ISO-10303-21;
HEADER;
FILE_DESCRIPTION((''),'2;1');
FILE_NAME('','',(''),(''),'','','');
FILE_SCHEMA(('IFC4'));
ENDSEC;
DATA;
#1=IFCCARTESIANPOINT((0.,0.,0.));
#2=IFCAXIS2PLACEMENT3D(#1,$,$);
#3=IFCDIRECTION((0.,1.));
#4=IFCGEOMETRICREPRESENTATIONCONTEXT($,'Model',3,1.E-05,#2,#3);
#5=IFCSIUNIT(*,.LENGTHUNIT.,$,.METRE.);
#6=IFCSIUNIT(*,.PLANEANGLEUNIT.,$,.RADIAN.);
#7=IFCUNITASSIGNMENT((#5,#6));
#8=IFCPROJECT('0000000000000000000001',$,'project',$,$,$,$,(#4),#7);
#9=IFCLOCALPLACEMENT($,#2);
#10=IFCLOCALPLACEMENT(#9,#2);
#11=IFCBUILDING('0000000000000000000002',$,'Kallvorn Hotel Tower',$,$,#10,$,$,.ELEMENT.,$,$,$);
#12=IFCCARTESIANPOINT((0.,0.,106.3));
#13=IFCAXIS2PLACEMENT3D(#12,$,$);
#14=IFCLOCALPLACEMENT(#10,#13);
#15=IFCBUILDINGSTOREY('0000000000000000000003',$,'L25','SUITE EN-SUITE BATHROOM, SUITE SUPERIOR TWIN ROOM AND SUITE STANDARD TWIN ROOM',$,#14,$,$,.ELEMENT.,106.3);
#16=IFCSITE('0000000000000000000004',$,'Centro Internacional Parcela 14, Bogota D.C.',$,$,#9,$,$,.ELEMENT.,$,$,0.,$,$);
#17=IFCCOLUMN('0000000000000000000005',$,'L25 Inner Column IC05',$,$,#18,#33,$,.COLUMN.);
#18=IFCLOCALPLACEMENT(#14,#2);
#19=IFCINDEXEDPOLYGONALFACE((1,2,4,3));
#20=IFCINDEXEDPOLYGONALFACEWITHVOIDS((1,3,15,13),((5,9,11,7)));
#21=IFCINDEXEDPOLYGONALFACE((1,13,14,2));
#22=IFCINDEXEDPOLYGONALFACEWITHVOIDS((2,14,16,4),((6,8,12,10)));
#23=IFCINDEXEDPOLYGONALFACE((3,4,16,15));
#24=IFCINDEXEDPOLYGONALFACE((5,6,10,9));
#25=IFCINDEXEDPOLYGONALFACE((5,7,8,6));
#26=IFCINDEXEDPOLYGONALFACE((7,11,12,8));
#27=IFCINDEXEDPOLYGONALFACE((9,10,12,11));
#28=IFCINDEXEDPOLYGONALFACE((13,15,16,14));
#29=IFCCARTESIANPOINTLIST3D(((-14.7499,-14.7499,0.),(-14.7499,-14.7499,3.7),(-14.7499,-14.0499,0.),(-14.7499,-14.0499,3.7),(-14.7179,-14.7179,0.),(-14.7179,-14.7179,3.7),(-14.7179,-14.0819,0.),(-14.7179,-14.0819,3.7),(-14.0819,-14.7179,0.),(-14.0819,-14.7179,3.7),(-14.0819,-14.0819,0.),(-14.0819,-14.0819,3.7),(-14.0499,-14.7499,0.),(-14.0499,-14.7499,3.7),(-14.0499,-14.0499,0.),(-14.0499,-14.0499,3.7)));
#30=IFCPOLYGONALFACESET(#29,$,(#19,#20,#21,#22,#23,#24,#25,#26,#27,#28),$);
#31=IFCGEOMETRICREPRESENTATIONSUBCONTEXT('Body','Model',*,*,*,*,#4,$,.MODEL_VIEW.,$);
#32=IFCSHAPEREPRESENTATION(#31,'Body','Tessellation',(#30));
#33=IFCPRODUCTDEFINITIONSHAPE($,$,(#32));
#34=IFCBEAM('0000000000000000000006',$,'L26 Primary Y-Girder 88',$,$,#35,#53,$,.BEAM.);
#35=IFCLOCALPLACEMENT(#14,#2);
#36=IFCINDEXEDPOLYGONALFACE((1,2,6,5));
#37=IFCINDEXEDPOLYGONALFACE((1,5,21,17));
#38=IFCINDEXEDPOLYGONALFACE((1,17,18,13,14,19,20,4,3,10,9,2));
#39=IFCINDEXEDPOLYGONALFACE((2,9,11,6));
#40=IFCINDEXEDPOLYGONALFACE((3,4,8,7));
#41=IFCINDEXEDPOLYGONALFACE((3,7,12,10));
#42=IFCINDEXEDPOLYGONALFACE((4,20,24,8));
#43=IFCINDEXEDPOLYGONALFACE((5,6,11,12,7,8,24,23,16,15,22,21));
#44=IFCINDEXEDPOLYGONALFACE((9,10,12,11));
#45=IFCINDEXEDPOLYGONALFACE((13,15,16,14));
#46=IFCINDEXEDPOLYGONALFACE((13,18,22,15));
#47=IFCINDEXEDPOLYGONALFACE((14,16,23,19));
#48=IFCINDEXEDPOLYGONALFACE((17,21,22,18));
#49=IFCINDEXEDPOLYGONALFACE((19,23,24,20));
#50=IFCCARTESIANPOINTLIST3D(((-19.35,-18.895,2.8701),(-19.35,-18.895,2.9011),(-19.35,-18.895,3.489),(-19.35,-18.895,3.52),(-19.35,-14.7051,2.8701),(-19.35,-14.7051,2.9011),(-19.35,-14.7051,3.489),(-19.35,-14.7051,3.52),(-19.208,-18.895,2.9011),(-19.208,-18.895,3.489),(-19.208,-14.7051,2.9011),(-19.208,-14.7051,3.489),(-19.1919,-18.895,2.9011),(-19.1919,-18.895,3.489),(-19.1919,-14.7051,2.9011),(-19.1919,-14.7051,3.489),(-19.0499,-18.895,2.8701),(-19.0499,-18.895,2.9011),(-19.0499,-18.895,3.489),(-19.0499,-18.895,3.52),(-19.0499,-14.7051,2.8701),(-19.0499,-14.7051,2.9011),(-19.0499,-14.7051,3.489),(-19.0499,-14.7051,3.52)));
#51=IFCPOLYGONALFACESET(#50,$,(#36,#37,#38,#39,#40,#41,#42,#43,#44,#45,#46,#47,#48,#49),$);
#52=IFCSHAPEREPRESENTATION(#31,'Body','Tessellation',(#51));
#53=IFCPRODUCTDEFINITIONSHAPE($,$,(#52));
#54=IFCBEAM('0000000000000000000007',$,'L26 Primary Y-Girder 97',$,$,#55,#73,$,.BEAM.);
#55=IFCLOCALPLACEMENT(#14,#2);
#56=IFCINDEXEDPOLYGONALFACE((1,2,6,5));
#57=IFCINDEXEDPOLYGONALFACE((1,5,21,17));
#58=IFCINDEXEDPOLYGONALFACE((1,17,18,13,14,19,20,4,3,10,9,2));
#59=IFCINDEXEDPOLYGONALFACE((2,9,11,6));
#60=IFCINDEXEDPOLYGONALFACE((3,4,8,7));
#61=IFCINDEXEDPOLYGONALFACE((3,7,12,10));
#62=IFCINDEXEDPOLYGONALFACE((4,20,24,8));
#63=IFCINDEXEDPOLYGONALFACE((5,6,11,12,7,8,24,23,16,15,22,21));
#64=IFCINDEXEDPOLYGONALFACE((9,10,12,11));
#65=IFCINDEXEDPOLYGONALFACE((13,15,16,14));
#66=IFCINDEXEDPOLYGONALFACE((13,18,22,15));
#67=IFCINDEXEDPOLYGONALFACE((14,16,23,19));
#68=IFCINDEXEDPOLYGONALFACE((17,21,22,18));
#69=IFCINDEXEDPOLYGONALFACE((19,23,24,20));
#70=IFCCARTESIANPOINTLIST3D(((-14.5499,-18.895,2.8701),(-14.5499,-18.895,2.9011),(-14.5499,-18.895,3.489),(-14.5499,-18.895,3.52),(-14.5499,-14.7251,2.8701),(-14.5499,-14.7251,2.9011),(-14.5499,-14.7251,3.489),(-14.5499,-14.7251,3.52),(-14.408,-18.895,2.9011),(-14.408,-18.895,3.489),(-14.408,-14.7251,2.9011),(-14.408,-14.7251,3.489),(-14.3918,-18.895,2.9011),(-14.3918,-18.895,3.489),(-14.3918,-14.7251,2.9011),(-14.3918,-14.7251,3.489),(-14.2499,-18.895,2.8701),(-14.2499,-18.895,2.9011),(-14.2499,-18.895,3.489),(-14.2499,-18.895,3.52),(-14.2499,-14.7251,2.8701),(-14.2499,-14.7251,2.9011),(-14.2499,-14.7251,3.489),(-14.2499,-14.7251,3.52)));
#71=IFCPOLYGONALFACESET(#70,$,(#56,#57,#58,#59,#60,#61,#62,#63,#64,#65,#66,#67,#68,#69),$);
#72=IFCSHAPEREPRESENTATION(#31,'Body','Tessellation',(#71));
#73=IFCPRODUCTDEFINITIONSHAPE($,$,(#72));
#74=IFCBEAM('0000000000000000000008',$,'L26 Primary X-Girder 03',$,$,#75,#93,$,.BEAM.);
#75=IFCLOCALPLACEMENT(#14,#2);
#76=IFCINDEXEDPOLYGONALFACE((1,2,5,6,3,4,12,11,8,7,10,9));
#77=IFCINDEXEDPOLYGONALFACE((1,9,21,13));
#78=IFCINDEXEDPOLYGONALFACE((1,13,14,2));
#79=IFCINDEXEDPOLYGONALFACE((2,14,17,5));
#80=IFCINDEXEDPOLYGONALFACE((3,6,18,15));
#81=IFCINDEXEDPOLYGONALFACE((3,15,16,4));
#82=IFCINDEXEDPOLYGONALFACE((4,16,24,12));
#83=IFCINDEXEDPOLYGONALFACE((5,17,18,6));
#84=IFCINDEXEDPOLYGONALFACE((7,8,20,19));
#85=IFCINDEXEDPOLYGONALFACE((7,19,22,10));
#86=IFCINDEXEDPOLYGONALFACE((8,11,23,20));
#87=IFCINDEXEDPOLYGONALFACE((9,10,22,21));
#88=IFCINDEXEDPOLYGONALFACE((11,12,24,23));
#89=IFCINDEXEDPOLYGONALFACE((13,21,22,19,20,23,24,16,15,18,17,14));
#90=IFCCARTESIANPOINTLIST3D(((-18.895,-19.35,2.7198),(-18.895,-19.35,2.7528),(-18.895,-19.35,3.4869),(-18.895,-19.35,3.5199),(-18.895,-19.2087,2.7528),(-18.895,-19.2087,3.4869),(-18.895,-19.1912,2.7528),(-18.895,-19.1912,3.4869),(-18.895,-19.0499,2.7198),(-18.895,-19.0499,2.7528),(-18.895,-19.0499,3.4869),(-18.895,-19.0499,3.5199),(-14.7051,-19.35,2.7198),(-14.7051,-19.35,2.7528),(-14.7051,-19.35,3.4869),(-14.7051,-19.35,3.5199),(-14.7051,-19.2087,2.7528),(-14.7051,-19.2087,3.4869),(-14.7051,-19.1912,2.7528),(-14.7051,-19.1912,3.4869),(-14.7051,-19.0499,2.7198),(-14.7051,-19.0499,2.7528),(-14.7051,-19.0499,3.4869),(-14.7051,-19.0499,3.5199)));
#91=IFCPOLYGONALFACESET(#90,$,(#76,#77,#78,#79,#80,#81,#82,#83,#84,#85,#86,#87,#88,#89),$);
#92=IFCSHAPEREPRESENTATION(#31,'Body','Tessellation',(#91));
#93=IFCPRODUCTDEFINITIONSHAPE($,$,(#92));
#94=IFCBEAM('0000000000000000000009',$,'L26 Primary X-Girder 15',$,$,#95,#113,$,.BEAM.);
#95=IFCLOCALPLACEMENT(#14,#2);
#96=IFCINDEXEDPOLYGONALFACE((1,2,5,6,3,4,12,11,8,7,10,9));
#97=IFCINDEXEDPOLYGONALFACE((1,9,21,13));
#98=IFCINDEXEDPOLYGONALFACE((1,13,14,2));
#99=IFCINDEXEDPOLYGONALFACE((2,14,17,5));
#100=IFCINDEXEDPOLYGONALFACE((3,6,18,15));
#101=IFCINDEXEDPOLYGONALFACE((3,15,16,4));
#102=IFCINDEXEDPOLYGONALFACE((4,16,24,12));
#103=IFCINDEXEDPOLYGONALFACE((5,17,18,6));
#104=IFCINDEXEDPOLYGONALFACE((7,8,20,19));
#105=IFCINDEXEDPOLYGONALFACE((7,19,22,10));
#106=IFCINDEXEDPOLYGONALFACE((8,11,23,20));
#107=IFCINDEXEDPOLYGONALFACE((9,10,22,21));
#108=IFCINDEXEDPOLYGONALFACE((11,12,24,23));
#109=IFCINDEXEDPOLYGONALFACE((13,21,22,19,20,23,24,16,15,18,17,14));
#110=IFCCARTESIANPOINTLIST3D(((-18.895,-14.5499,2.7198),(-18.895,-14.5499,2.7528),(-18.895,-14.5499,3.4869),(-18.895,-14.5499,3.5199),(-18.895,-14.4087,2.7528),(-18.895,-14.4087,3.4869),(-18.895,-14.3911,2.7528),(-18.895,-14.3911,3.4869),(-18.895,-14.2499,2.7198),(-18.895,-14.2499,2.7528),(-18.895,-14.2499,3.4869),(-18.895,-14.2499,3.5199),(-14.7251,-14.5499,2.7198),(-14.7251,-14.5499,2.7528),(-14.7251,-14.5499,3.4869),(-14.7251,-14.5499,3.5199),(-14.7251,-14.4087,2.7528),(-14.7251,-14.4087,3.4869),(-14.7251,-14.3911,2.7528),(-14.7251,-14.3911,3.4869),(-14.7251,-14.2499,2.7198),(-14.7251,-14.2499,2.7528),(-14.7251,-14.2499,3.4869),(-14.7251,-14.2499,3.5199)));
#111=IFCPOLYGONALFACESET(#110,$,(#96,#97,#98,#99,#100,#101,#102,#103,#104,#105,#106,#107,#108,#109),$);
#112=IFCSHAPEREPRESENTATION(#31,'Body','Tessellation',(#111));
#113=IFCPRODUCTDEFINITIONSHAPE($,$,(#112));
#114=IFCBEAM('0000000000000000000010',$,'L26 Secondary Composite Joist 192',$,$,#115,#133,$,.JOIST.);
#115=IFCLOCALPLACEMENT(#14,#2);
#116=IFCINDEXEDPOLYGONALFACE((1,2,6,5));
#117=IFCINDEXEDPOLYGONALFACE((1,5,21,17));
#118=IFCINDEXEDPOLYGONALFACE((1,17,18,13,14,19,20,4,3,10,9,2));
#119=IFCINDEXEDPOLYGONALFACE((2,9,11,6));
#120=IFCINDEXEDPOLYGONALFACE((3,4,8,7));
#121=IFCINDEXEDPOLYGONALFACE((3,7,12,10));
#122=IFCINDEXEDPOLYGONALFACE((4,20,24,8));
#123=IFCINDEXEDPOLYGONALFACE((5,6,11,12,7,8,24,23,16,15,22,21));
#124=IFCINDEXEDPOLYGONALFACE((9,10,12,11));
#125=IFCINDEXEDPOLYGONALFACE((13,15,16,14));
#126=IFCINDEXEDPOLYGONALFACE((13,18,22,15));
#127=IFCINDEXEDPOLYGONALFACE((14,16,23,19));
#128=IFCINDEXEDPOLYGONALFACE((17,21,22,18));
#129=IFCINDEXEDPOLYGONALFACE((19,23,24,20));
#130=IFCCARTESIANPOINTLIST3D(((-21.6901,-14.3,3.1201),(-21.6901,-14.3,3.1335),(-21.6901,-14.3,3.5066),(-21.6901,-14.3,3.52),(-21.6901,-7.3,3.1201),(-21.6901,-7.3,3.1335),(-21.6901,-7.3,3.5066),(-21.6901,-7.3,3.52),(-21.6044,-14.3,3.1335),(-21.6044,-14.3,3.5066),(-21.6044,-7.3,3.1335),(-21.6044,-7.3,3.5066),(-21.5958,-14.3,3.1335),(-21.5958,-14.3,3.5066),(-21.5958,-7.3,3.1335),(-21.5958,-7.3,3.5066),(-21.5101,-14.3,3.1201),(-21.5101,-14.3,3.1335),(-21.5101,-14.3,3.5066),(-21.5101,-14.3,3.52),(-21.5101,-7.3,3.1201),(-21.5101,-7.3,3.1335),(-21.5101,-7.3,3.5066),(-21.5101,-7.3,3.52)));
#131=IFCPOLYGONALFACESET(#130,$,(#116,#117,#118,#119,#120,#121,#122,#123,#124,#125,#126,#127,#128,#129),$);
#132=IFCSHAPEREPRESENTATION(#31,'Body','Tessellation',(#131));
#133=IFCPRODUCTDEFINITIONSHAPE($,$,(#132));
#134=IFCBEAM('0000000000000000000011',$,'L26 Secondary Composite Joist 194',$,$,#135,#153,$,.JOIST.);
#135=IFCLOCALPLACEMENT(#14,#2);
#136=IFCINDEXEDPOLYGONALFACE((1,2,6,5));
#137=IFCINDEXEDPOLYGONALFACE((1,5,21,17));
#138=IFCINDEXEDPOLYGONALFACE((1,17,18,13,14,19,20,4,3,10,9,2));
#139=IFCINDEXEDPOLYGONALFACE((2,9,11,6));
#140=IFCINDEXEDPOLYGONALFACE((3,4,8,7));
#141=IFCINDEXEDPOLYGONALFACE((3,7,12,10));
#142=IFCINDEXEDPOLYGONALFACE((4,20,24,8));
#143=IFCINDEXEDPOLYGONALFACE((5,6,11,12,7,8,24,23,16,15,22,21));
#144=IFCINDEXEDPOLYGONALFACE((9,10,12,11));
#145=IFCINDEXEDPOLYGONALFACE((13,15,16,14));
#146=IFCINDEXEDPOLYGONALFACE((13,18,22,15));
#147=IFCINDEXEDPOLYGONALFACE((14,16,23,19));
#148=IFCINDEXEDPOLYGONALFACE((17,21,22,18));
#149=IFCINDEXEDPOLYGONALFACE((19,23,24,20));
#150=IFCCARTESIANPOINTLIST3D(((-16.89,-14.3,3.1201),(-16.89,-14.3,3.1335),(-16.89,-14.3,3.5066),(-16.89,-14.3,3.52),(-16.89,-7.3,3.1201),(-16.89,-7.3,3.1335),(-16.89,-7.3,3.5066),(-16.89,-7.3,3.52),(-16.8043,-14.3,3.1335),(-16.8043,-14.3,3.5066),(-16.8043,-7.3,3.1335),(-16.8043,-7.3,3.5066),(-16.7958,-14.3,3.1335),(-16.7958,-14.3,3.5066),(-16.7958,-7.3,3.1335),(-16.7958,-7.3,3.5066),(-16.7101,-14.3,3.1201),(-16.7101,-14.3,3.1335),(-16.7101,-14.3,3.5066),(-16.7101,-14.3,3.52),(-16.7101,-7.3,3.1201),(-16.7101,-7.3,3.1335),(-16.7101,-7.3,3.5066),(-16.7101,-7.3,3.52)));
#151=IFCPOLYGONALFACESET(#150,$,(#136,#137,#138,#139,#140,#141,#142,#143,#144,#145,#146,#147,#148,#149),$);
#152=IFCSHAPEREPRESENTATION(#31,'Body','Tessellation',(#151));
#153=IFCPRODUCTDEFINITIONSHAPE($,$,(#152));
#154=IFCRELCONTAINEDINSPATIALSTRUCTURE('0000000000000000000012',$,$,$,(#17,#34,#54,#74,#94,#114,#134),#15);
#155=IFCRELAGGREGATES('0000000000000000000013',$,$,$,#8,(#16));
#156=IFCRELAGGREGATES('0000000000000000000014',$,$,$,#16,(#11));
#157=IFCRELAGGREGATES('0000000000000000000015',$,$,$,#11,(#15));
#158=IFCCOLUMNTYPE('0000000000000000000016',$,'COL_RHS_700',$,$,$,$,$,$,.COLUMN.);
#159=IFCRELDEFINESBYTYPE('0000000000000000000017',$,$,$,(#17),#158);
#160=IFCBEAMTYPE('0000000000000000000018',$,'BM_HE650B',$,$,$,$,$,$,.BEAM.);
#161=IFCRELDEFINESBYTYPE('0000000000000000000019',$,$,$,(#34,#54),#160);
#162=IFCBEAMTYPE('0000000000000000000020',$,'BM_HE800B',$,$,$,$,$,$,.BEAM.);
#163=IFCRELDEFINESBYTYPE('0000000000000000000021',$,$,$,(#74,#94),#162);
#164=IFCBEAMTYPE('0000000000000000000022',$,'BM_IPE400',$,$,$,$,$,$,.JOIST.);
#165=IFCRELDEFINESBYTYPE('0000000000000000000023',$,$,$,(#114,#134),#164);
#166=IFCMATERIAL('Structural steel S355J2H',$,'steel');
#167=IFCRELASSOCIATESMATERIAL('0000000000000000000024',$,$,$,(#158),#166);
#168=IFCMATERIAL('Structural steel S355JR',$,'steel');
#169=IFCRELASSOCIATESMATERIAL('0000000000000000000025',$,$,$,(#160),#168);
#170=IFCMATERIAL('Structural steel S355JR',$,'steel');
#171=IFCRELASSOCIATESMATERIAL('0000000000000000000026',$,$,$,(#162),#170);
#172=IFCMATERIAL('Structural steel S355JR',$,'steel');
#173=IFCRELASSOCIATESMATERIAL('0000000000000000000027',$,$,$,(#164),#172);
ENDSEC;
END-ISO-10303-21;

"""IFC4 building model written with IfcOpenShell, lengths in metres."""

from ifc_helpers import new_model, si_unit, direction, frame, origin, origin_2d, place, context, subcontext, project, spatial, hollow_rectangle, i_section, extrude, material, material_profile, profile_set, type_object, element, save


model = new_model("IFC4")

# Units and contexts
model_context = context("Model", 3, precision=1e-05, world=origin(), true_north=direction((0.0, 1.0)))
body_context = subcontext(model_context, "Body", "Model", "MODEL_VIEW")
ifc_project = project(units=[si_unit("LENGTHUNIT", "METRE"), si_unit("PLANEANGLEUNIT", "RADIAN")], contexts=[model_context])

# Site, building, storey
site_placement = place(None, origin())
site = spatial("IfcSite", under=ifc_project, at=site_placement, Name="Centro Internacional Parcela 14, Bogota D.C.", CompositionType="ELEMENT", RefElevation=0.0)
building_placement = place(site_placement, origin())
building = spatial("IfcBuilding", under=site, at=building_placement, Name="Kallvorn Hotel Tower", CompositionType="ELEMENT")
storey_placement = place(building_placement, frame((0.0, 0.0, 106.3)))
storey = spatial("IfcBuildingStorey", under=building, at=storey_placement, Name="L25", Description="SUITE EN-SUITE BATHROOM, SUITE SUPERIOR TWIN ROOM AND SUITE STANDARD TWIN ROOM", CompositionType="ELEMENT", Elevation=106.3)

# Column
ifc_material_1 = material(Name="Structural steel S355J2H", Category="steel")
ifc_material_profile_1 = material_profile(ifc_material_1, hollow_rectangle(XDim=0.7, YDim=0.7, WallThickness=0.032, at=origin_2d()), Name="RHS 700x700x32")
ifc_profile_set_1 = profile_set([ifc_material_profile_1], Name="Structural steel S355J2H")
column_type_1 = type_object("IfcColumnType", Name="COL_RHS_700", PredefinedType="COLUMN", material=ifc_profile_set_1)
column_placement = place(storey_placement, frame((-14.3999, -14.3999, 0.0), z_axis=(0.0, 0.0, 1.0), x_axis=(1.0, 0.0, 0.0)))
element("IfcColumn", 1, at=column_placement, inside=storey, type_object=column_type_1, Name="L25 Inner Column IC05", PredefinedType="COLUMN", context=body_context, shape_type="SweptSolid", body=[
    extrude(hollow_rectangle(XDim=0.7, YDim=0.7, WallThickness=0.032, at=origin_2d()), origin(), (0.0, 0.0, 1.0), 3.7),
])

# Beams
ifc_material_2 = material(Name="Structural steel S355JR", Category="steel")
ifc_material_profile_2 = material_profile(ifc_material_2, i_section(OverallWidth=0.3, OverallDepth=0.6499, WebThickness=0.0161, FlangeThickness=0.031, at=origin_2d()), Name="HE 650 B")
ifc_profile_set_2 = profile_set([ifc_material_profile_2], Name="Structural steel S355JR")
beam_type_1 = type_object("IfcBeamType", Name="BM_HE650B", PredefinedType="BEAM", material=ifc_profile_set_2)
beam_1_placement = place(storey_placement, frame((-19.2, -18.895, 3.1951), z_axis=(0.0, 1.0, 0.0), x_axis=(-1.0, 0.0, 0.0)))
element("IfcBeam", 2, at=beam_1_placement, inside=storey, type_object=beam_type_1, Name="L26 Primary Y-Girder 88", PredefinedType="BEAM", context=body_context, shape_type="SweptSolid", body=[
    extrude(i_section(OverallWidth=0.3, OverallDepth=0.6499, WebThickness=0.0161, FlangeThickness=0.031, at=origin_2d()), origin(), (0.0, 0.0, 1.0), 4.1899),
])
beam_2_placement = place(storey_placement, frame((-14.3999, -18.895, 3.1951), z_axis=(0.0, 1.0, 0.0), x_axis=(-1.0, 0.0, 0.0)))
element("IfcBeam", 3, at=beam_2_placement, inside=storey, type_object=beam_type_1, Name="L26 Primary Y-Girder 97", PredefinedType="BEAM", context=body_context, shape_type="SweptSolid", body=[
    extrude(i_section(OverallWidth=0.3, OverallDepth=0.6499, WebThickness=0.0161, FlangeThickness=0.031, at=origin_2d()), origin(), (0.0, 0.0, 1.0), 4.1699),
])
ifc_material_3 = material(Name="Structural steel S355JR", Category="steel")
ifc_material_profile_3 = material_profile(ifc_material_3, i_section(OverallWidth=0.3, OverallDepth=0.8, WebThickness=0.0176, FlangeThickness=0.033, at=origin_2d()), Name="HE 800 B")
ifc_profile_set_3 = profile_set([ifc_material_profile_3], Name="Structural steel S355JR")
beam_type_2 = type_object("IfcBeamType", Name="BM_HE800B", PredefinedType="BEAM", material=ifc_profile_set_3)
beam_3_placement = place(storey_placement, frame((-18.895, -19.2, 3.1199), z_axis=(1.0, 0.0, 0.0), x_axis=(0.0, 1.0, 0.0)))
element("IfcBeam", 4, at=beam_3_placement, inside=storey, type_object=beam_type_2, Name="L26 Primary X-Girder 03", PredefinedType="BEAM", context=body_context, shape_type="SweptSolid", body=[
    extrude(i_section(OverallWidth=0.3, OverallDepth=0.8, WebThickness=0.0176, FlangeThickness=0.033, at=origin_2d()), origin(), (0.0, 0.0, 1.0), 4.1899),
])
beam_4_placement = place(storey_placement, frame((-18.895, -14.3999, 3.1199), z_axis=(1.0, 0.0, 0.0), x_axis=(0.0, 1.0, 0.0)))
element("IfcBeam", 5, at=beam_4_placement, inside=storey, type_object=beam_type_2, Name="L26 Primary X-Girder 15", PredefinedType="BEAM", context=body_context, shape_type="SweptSolid", body=[
    extrude(i_section(OverallWidth=0.3, OverallDepth=0.8, WebThickness=0.0176, FlangeThickness=0.033, at=origin_2d()), origin(), (0.0, 0.0, 1.0), 4.1699),
])
ifc_material_4 = material(Name="Structural steel S355JR", Category="steel")
ifc_material_profile_4 = material_profile(ifc_material_4, i_section(OverallWidth=0.1799, OverallDepth=0.3999, WebThickness=0.0085, FlangeThickness=0.0134, at=origin_2d()), Name="IPE 400")
ifc_profile_set_4 = profile_set([ifc_material_profile_4], Name="Structural steel S355JR")
beam_type_3 = type_object("IfcBeamType", Name="BM_IPE400", PredefinedType="JOIST", material=ifc_profile_set_4)
for number, where, z_axis, x_axis, name in (
    (6, (-21.6001, -14.3, 3.3201), (0.0, 1.0, 0.0), (-1.0, 0.0, 0.0), "L26 Secondary Composite Joist 192"),
    (7, (-16.8, -14.3, 3.3201), (0.0, 1.0, 0.0), (-1.0, 0.0, 0.0), "L26 Secondary Composite Joist 194"),
):
    element("IfcBeam", number, at=place(storey_placement, frame(where, z_axis=z_axis, x_axis=x_axis)), inside=storey, type_object=beam_type_3, Name=name, PredefinedType="JOIST", context=body_context, shape_type="SweptSolid", body=[
        extrude(i_section(OverallWidth=0.1799, OverallDepth=0.3999, WebThickness=0.0085, FlangeThickness=0.0134, at=origin_2d()), origin(), (0.0, 0.0, 1.0), 7.0),
    ])

save(model, "model.ifc")
